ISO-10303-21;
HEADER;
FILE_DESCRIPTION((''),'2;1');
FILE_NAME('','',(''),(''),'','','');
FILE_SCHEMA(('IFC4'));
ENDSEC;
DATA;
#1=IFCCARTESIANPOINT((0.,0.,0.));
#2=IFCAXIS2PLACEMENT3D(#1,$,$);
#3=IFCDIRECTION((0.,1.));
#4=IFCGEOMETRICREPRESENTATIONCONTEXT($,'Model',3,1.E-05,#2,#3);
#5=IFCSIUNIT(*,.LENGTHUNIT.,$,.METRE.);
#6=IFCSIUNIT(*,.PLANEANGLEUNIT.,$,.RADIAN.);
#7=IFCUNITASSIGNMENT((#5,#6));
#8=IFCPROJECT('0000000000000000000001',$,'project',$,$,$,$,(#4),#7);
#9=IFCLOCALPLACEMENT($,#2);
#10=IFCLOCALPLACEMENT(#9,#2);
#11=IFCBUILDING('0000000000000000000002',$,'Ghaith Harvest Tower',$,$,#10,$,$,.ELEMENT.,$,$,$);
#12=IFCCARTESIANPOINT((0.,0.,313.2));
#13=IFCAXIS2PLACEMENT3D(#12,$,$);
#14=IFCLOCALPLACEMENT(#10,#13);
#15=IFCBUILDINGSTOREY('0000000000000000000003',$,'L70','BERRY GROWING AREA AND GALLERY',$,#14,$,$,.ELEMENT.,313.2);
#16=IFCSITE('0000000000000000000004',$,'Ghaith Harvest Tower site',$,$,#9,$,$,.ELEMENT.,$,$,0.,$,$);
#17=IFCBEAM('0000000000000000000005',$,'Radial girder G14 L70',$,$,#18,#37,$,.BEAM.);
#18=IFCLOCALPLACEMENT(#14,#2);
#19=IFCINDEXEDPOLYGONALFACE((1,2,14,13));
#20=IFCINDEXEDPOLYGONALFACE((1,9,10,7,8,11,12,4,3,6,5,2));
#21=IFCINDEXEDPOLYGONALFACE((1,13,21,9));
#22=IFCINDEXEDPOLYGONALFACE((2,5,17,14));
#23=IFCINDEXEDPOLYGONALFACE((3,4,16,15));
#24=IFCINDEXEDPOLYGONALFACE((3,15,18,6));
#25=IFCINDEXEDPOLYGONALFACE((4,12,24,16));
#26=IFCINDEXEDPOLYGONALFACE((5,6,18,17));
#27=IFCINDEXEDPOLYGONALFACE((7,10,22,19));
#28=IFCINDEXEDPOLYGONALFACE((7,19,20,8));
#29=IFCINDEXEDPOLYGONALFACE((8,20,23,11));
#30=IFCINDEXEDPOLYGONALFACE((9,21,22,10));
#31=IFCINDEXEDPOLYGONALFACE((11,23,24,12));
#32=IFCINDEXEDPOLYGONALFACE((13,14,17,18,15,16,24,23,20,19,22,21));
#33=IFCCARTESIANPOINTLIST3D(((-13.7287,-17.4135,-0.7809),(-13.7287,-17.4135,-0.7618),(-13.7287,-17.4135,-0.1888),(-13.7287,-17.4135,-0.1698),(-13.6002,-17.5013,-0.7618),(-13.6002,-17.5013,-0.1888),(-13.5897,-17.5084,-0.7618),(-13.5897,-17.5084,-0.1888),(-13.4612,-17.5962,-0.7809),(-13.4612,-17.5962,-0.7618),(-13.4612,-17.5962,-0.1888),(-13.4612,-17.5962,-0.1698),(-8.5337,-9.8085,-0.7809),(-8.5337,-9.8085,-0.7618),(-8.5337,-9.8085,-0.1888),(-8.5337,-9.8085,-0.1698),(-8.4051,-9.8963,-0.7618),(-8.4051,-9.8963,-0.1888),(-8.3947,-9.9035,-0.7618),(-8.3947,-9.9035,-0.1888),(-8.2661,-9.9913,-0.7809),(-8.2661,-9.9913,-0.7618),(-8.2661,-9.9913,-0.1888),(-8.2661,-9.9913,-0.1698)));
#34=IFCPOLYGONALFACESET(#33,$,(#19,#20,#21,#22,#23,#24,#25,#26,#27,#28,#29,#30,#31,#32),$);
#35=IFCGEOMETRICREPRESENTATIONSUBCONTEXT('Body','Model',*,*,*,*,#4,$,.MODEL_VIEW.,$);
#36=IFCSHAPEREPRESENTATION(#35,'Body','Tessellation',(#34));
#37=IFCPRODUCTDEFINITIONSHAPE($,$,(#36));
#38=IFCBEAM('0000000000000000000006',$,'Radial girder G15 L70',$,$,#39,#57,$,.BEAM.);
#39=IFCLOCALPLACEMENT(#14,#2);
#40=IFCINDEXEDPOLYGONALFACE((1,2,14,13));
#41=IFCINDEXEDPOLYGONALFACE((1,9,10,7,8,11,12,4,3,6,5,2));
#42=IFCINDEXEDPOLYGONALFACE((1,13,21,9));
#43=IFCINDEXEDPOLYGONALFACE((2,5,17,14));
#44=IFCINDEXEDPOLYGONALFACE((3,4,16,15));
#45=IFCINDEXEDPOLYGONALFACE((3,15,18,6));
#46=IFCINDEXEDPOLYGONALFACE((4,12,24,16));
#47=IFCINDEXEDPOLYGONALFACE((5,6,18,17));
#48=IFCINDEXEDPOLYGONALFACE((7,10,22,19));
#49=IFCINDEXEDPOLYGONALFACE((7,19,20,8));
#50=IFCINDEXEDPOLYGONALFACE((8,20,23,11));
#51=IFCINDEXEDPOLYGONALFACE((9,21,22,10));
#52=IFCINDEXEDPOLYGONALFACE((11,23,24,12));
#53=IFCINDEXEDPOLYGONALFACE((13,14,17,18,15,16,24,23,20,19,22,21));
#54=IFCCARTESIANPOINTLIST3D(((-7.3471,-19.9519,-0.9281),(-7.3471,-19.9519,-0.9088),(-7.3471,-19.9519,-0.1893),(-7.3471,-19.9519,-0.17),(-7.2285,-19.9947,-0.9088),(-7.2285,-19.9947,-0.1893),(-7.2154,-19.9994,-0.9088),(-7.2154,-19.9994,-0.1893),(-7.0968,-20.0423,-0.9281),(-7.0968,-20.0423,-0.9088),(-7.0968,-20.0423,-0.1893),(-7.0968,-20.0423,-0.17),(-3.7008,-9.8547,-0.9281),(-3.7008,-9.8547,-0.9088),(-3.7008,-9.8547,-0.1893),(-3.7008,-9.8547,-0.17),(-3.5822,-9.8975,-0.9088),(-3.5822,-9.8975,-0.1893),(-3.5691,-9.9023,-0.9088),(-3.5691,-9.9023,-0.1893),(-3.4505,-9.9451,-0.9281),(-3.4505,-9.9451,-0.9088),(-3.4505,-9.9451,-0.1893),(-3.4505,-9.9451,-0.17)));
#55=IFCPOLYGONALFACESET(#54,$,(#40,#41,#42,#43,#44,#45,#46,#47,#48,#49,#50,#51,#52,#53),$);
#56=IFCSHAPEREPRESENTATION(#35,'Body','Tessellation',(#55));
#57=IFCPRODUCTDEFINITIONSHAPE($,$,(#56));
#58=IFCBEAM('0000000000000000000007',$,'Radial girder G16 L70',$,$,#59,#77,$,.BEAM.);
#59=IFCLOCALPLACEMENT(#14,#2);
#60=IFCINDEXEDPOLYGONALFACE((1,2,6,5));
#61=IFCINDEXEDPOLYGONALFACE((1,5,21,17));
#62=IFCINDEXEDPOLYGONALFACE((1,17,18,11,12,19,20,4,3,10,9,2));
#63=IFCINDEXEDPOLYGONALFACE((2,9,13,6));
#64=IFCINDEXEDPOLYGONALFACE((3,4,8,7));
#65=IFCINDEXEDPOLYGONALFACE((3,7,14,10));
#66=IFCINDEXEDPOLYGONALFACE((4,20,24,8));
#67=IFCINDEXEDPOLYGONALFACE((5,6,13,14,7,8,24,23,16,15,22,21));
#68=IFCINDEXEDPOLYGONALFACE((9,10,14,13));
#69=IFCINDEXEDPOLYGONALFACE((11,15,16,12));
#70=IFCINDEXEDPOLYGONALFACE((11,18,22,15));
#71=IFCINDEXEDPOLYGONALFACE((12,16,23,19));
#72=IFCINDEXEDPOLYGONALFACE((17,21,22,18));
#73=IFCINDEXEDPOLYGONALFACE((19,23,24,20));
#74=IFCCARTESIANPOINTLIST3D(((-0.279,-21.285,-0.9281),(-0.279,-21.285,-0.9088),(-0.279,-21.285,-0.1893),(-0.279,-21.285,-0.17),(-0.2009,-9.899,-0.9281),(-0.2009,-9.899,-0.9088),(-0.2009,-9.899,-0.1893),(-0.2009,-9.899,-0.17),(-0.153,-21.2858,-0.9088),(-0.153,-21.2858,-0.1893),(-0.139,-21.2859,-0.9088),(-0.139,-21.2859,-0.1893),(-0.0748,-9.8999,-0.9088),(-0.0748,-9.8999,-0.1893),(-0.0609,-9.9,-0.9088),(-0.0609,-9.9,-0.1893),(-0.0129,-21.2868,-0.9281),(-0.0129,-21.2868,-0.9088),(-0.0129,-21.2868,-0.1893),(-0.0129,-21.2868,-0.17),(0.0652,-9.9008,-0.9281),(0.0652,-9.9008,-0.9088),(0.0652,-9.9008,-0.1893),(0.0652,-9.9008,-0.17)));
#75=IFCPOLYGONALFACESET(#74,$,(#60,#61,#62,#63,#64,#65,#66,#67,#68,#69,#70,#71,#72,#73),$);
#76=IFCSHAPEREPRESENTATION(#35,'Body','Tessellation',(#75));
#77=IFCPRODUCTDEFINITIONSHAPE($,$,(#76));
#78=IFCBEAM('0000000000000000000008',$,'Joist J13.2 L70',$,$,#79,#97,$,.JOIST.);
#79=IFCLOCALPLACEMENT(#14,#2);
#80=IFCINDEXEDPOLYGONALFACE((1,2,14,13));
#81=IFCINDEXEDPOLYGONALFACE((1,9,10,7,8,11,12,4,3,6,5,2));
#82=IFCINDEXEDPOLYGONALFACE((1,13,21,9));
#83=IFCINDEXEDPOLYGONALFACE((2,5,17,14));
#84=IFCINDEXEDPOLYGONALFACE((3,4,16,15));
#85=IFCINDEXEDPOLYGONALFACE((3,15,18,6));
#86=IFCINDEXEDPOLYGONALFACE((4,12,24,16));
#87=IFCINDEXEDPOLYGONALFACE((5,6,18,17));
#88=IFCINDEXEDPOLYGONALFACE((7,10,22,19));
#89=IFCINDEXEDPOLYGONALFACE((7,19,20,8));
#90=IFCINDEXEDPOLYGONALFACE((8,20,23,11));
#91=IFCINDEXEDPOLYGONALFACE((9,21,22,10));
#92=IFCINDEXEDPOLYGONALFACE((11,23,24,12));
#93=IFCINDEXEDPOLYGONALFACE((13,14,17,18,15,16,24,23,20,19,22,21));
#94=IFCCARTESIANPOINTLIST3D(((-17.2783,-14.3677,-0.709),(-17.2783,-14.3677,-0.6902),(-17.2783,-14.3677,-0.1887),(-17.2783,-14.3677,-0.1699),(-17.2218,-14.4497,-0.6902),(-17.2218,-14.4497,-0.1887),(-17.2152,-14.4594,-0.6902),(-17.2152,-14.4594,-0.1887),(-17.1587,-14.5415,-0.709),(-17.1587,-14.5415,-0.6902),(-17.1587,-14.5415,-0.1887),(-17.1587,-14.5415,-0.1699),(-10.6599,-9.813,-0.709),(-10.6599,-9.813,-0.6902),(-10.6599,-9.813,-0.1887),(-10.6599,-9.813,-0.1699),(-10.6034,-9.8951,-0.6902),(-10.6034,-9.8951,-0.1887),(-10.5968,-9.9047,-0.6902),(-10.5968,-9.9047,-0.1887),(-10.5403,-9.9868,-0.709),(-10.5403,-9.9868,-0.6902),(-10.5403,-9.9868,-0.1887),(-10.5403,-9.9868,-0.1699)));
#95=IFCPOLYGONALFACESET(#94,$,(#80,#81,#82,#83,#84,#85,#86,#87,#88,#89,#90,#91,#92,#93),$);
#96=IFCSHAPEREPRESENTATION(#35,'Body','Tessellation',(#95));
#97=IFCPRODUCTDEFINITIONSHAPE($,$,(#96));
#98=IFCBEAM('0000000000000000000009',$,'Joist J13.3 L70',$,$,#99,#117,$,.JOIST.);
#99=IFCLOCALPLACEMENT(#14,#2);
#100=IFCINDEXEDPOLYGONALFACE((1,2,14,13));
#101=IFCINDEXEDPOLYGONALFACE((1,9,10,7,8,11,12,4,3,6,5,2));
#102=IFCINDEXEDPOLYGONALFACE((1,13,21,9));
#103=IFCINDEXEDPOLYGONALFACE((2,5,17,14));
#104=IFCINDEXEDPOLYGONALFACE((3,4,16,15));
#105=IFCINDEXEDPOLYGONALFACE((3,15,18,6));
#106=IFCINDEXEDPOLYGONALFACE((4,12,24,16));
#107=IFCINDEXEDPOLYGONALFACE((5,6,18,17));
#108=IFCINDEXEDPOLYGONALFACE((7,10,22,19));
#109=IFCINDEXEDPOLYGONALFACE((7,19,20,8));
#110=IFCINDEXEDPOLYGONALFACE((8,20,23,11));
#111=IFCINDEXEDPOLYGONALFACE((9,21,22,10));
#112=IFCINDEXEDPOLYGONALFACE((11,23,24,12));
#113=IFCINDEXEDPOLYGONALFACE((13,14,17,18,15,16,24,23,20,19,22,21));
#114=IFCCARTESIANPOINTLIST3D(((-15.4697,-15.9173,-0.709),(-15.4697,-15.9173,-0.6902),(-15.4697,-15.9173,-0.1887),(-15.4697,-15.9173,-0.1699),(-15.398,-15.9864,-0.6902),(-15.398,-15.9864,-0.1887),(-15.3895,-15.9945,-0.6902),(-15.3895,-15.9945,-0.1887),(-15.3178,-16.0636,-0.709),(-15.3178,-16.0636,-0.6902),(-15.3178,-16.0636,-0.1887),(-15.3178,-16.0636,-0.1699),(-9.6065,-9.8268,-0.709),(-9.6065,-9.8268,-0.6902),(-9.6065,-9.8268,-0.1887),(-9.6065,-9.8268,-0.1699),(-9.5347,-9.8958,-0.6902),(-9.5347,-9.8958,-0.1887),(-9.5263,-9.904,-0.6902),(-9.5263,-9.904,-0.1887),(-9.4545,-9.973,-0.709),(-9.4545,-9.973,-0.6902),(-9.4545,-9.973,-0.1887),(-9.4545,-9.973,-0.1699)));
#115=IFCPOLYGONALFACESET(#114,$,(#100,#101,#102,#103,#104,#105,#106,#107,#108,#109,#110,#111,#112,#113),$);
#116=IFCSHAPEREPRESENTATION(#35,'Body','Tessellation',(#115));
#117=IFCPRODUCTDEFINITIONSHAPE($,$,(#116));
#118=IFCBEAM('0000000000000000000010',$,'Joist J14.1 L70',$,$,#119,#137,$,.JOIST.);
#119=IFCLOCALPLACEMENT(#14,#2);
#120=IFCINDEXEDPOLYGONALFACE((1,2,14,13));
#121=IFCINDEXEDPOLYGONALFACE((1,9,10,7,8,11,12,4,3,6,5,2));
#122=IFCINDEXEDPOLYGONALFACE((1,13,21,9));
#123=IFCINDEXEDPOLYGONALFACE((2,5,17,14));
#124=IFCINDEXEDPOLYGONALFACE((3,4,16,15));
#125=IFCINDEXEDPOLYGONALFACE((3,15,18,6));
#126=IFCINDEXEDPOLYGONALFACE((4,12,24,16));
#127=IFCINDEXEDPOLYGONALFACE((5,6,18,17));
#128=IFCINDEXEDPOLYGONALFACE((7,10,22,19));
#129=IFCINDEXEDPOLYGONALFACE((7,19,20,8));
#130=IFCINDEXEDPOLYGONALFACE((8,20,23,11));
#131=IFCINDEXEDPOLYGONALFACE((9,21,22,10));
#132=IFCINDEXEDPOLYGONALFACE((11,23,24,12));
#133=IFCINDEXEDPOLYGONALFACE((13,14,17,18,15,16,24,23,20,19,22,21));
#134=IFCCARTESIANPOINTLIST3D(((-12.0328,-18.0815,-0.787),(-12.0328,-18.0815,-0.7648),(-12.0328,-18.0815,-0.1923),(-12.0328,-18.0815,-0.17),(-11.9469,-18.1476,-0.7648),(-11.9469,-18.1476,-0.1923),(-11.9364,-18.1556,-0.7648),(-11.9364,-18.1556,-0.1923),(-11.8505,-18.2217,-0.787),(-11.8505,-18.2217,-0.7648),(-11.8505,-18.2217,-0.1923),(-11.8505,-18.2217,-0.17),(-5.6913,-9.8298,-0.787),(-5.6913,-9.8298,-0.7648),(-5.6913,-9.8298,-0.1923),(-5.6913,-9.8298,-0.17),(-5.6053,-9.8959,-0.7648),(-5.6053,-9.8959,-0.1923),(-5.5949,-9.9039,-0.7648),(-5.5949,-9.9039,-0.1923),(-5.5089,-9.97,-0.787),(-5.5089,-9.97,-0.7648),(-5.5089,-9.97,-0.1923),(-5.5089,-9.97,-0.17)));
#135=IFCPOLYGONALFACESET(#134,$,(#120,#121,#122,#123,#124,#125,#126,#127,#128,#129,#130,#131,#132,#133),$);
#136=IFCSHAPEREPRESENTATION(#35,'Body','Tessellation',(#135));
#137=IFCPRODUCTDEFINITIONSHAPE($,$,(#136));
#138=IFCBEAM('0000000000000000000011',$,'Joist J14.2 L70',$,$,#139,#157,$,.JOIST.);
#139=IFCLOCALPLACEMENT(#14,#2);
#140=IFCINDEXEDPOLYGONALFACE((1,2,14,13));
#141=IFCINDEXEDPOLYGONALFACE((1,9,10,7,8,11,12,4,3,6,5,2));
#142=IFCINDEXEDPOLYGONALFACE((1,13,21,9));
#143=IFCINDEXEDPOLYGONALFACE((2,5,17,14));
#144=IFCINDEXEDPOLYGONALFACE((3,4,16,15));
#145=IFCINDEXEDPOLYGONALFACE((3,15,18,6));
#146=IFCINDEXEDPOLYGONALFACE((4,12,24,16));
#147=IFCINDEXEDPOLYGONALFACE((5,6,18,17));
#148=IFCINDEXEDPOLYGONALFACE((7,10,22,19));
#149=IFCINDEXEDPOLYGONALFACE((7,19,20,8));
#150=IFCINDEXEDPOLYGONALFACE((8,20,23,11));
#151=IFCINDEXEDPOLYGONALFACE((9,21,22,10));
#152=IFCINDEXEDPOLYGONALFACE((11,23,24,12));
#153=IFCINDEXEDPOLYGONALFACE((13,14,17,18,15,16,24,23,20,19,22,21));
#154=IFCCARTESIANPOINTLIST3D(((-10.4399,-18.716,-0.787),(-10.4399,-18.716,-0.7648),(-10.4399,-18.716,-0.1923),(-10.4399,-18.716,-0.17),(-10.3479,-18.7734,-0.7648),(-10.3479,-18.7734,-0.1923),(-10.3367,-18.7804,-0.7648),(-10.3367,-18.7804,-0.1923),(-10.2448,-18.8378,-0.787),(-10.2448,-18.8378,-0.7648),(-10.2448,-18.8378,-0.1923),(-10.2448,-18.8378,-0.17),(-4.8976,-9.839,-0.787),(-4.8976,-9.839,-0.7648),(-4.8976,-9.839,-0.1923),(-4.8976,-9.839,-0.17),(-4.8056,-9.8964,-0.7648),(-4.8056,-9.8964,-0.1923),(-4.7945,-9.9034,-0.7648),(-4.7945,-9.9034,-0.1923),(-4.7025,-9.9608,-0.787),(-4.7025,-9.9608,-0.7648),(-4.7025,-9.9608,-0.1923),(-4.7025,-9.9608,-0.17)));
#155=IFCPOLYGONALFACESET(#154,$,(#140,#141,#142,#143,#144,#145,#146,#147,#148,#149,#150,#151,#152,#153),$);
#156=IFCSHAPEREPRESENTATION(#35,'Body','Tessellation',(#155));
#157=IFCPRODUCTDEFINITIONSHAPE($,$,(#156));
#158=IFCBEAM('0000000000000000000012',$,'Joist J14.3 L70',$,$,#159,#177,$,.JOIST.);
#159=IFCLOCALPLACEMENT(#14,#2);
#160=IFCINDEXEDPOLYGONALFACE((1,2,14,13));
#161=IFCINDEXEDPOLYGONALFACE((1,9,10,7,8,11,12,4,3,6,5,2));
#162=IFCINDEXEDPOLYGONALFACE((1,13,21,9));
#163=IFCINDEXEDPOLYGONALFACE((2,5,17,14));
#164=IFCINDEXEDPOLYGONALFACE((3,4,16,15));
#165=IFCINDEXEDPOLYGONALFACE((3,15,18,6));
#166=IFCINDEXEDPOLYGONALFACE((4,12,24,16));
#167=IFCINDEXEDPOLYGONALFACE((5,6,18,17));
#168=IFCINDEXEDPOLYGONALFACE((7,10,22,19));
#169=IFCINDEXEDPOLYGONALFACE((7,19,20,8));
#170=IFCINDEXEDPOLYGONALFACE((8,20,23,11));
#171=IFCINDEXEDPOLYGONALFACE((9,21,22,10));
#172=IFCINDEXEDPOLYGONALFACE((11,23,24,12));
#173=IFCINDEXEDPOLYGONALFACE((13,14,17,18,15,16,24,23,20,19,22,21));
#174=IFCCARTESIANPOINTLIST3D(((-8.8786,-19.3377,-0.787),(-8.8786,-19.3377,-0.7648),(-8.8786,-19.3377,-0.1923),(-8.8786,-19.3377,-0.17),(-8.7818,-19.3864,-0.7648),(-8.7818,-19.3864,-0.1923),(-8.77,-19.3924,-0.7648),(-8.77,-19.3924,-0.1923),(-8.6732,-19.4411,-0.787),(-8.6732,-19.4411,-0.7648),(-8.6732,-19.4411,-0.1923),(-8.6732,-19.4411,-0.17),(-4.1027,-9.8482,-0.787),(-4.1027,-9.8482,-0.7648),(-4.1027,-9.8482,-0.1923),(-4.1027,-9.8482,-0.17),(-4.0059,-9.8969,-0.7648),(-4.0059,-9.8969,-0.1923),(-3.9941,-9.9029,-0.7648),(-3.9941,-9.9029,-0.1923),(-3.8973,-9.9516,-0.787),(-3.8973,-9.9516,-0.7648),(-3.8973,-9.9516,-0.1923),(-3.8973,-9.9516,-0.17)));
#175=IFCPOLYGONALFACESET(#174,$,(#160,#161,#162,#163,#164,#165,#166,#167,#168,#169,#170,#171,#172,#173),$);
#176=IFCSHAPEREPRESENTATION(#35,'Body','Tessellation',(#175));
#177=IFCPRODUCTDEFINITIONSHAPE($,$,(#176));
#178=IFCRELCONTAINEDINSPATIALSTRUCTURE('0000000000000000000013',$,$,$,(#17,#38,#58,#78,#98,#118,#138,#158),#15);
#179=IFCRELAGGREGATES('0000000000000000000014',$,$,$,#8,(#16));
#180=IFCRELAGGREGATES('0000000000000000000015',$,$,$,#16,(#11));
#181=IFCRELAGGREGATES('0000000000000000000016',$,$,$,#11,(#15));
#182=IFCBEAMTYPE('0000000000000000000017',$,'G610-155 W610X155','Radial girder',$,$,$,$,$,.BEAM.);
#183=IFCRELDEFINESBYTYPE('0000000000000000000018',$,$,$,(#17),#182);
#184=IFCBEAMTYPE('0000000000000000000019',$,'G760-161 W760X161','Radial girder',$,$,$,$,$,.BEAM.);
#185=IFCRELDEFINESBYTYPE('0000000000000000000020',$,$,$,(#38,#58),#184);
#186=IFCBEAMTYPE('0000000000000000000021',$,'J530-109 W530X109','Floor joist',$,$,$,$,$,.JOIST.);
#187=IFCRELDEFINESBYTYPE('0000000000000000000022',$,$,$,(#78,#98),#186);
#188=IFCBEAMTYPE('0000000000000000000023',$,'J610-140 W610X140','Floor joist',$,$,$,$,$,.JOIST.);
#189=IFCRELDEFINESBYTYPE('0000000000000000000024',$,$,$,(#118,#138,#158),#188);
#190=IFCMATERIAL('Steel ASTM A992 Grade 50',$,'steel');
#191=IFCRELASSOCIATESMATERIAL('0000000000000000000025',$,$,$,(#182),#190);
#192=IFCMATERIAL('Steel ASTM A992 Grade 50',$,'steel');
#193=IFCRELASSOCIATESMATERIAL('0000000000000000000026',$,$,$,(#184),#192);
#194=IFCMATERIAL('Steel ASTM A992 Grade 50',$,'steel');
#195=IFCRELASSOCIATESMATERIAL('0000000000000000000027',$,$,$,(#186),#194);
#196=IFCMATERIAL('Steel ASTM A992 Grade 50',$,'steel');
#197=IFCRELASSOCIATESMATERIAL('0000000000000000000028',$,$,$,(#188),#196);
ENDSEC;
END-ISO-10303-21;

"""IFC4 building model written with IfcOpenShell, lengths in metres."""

from ifc_helpers import new_model, si_unit, direction, frame, origin, origin_2d, place, context, subcontext, project, spatial, i_section, extrude, material, material_profile, profile_set, type_object, element, save


model = new_model("IFC4")

# Units and contexts
model_context = context("Model", 3, precision=1e-05, world=origin(), true_north=direction((0.0, 1.0)))
body_context = subcontext(model_context, "Body", "Model", "MODEL_VIEW")
ifc_project = project(units=[si_unit("LENGTHUNIT", "METRE"), si_unit("PLANEANGLEUNIT", "RADIAN")], contexts=[model_context])

# Site, building, storey
site_placement = place(None, origin())
site = spatial("IfcSite", under=ifc_project, at=site_placement, Name="Ghaith Harvest Tower site", CompositionType="ELEMENT", RefElevation=0.0)
building_placement = place(site_placement, origin())
building = spatial("IfcBuilding", under=site, at=building_placement, Name="Ghaith Harvest Tower", CompositionType="ELEMENT")
storey_placement = place(building_placement, frame((0.0, 0.0, 313.2)))
storey = spatial("IfcBuildingStorey", under=building, at=storey_placement, Name="L70", Description="BERRY GROWING AREA AND GALLERY", CompositionType="ELEMENT", Elevation=313.2)

# Beams
ifc_material_1 = material(Name="Steel ASTM A992 Grade 50", Category="steel")
ifc_material_profile_1 = material_profile(ifc_material_1, i_section(OverallWidth=0.324, OverallDepth=0.6111, WebThickness=0.0127, FlangeThickness=0.019, at=origin_2d()), Name="W610X155")
ifc_profile_set_1 = profile_set([ifc_material_profile_1], Name="Steel ASTM A992 Grade 50")
beam_type_1 = type_object("IfcBeamType", Name="G610-155 W610X155", Description="Radial girder", PredefinedType="BEAM", material=ifc_profile_set_1)
beam_1_placement = place(storey_placement, frame((-8.3999, -9.8999, -0.4753), z_axis=(-0.564067, -0.825729, 0.0), x_axis=(0.825729, -0.564067, 0.0)))
element("IfcBeam", 1, at=beam_1_placement, inside=storey, type_object=beam_type_1, Name="Radial girder G14 L70", PredefinedType="BEAM", context=body_context, shape_type="SweptSolid", body=[
    extrude(i_section(OverallWidth=0.324, OverallDepth=0.6111, WebThickness=0.0127, FlangeThickness=0.019, at=origin_2d()), origin(), (0.0, 0.0, 1.0), 9.21),
])
ifc_material_2 = material(Name="Steel ASTM A992 Grade 50", Category="steel")
ifc_material_profile_2 = material_profile(ifc_material_2, i_section(OverallWidth=0.2661, OverallDepth=0.7581, WebThickness=0.0139, FlangeThickness=0.0193, at=origin_2d()), Name="W760X161")
ifc_profile_set_2 = profile_set([ifc_material_profile_2], Name="Steel ASTM A992 Grade 50")
beam_type_2 = type_object("IfcBeamType", Name="G760-161 W760X161", Description="Radial girder", PredefinedType="BEAM", material=ifc_profile_set_2)
beam_2_placement = place(storey_placement, frame((-3.5757, -9.8999, -0.5491), z_axis=(-0.339648, -0.940553, 0.0), x_axis=(0.940553, -0.339648, 0.0)))
element("IfcBeam", 2, at=beam_2_placement, inside=storey, type_object=beam_type_2, Name="Radial girder G15 L70", PredefinedType="BEAM", context=body_context, shape_type="SweptSolid", body=[
    extrude(i_section(OverallWidth=0.2661, OverallDepth=0.7581, WebThickness=0.0139, FlangeThickness=0.0193, at=origin_2d()), origin(), (0.0, 0.0, 1.0), 10.7354),
])
beam_3_placement = place(storey_placement, frame((-0.0679, -9.8999, -0.5491), z_axis=(-0.006861, -0.999976, 0.0), x_axis=(0.999976, -0.006861, 0.0)))
element("IfcBeam", 3, at=beam_3_placement, inside=storey, type_object=beam_type_2, Name="Radial girder G16 L70", PredefinedType="BEAM", context=body_context, shape_type="SweptSolid", body=[
    extrude(i_section(OverallWidth=0.2661, OverallDepth=0.7581, WebThickness=0.0139, FlangeThickness=0.0193, at=origin_2d()), origin(), (0.0, 0.0, 1.0), 11.3862),
])
ifc_material_3 = material(Name="Steel ASTM A992 Grade 50", Category="steel")
ifc_material_profile_3 = material_profile(ifc_material_3, i_section(OverallWidth=0.2109, OverallDepth=0.5391, WebThickness=0.0117, FlangeThickness=0.0188, at=origin_2d()), Name="W530X109")
ifc_profile_set_3 = profile_set([ifc_material_profile_3], Name="Steel ASTM A992 Grade 50")
beam_type_3 = type_object("IfcBeamType", Name="J530-109 W530X109", Description="Floor joist", PredefinedType="JOIST", material=ifc_profile_set_3)
beam_4_placement = place(storey_placement, frame((-10.6001, -9.8999, -0.4395), z_axis=(-0.823779, -0.566912, 0.0), x_axis=(0.566912, -0.823779, 0.0)))
element("IfcBeam", 4, at=beam_4_placement, inside=storey, type_object=beam_type_3, Name="Joist J13.2 L70", PredefinedType="JOIST", context=body_context, shape_type="SweptSolid", body=[
    extrude(i_section(OverallWidth=0.2109, OverallDepth=0.5391, WebThickness=0.0117, FlangeThickness=0.0188, at=origin_2d()), origin(), (0.0, 0.0, 1.0), 8.0342),
])
beam_5_placement = place(storey_placement, frame((-9.5305, -9.8999, -0.4395), z_axis=(-0.693536, -0.720422, 0.0), x_axis=(0.720422, -0.693536, 0.0)))
element("IfcBeam", 5, at=beam_5_placement, inside=storey, type_object=beam_type_3, Name="Joist J13.3 L70", PredefinedType="JOIST", context=body_context, shape_type="SweptSolid", body=[
    extrude(i_section(OverallWidth=0.2109, OverallDepth=0.5391, WebThickness=0.0117, FlangeThickness=0.0188, at=origin_2d()), origin(), (0.0, 0.0, 1.0), 8.4541),
])
ifc_material_4 = material(Name="Steel ASTM A992 Grade 50", Category="steel")
ifc_material_profile_4 = material_profile(ifc_material_4, i_section(OverallWidth=0.23, OverallDepth=0.6169, WebThickness=0.0132, FlangeThickness=0.0222, at=origin_2d()), Name="W610X140")
ifc_profile_set_4 = profile_set([ifc_material_profile_4], Name="Steel ASTM A992 Grade 50")
beam_type_4 = type_object("IfcBeamType", Name="J610-140 W610X140", Description="Floor joist", PredefinedType="JOIST", material=ifc_profile_set_4)
beam_6_placement = place(storey_placement, frame((-5.6001, -9.8999, -0.4785), z_axis=(-0.609354, -0.792899, 0.0), x_axis=(0.792899, -0.609354, 0.0)))
element("IfcBeam", 6, at=beam_6_placement, inside=storey, type_object=beam_type_4, Name="Joist J14.1 L70", PredefinedType="JOIST", context=body_context, shape_type="SweptSolid", body=[
    extrude(i_section(OverallWidth=0.23, OverallDepth=0.6169, WebThickness=0.0132, FlangeThickness=0.0222, at=origin_2d()), origin(), (0.0, 0.0, 1.0), 10.407),
])
beam_7_placement = place(storey_placement, frame((-4.8, -9.8999, -0.4785), z_axis=(-0.529596, -0.84825, 0.0), x_axis=(0.84825, -0.529596, 0.0)))
element("IfcBeam", 7, at=beam_7_placement, inside=storey, type_object=beam_type_4, Name="Joist J14.2 L70", PredefinedType="JOIST", context=body_context, shape_type="SweptSolid", body=[
    extrude(i_section(OverallWidth=0.23, OverallDepth=0.6169, WebThickness=0.0132, FlangeThickness=0.0222, at=origin_2d()), origin(), (0.0, 0.0, 1.0), 10.4651),
])
beam_8_placement = place(storey_placement, frame((-4.0, -9.8999, -0.4785), z_axis=(-0.449556, -0.893252, 0.0), x_axis=(0.893252, -0.449556, 0.0)))
element("IfcBeam", 8, at=beam_8_placement, inside=storey, type_object=beam_type_4, Name="Joist J14.3 L70", PredefinedType="JOIST", context=body_context, shape_type="SweptSolid", body=[
    extrude(i_section(OverallWidth=0.23, OverallDepth=0.6169, WebThickness=0.0132, FlangeThickness=0.0222, at=origin_2d()), origin(), (0.0, 0.0, 1.0), 10.6235),
])

save(model, "model.ifc")
